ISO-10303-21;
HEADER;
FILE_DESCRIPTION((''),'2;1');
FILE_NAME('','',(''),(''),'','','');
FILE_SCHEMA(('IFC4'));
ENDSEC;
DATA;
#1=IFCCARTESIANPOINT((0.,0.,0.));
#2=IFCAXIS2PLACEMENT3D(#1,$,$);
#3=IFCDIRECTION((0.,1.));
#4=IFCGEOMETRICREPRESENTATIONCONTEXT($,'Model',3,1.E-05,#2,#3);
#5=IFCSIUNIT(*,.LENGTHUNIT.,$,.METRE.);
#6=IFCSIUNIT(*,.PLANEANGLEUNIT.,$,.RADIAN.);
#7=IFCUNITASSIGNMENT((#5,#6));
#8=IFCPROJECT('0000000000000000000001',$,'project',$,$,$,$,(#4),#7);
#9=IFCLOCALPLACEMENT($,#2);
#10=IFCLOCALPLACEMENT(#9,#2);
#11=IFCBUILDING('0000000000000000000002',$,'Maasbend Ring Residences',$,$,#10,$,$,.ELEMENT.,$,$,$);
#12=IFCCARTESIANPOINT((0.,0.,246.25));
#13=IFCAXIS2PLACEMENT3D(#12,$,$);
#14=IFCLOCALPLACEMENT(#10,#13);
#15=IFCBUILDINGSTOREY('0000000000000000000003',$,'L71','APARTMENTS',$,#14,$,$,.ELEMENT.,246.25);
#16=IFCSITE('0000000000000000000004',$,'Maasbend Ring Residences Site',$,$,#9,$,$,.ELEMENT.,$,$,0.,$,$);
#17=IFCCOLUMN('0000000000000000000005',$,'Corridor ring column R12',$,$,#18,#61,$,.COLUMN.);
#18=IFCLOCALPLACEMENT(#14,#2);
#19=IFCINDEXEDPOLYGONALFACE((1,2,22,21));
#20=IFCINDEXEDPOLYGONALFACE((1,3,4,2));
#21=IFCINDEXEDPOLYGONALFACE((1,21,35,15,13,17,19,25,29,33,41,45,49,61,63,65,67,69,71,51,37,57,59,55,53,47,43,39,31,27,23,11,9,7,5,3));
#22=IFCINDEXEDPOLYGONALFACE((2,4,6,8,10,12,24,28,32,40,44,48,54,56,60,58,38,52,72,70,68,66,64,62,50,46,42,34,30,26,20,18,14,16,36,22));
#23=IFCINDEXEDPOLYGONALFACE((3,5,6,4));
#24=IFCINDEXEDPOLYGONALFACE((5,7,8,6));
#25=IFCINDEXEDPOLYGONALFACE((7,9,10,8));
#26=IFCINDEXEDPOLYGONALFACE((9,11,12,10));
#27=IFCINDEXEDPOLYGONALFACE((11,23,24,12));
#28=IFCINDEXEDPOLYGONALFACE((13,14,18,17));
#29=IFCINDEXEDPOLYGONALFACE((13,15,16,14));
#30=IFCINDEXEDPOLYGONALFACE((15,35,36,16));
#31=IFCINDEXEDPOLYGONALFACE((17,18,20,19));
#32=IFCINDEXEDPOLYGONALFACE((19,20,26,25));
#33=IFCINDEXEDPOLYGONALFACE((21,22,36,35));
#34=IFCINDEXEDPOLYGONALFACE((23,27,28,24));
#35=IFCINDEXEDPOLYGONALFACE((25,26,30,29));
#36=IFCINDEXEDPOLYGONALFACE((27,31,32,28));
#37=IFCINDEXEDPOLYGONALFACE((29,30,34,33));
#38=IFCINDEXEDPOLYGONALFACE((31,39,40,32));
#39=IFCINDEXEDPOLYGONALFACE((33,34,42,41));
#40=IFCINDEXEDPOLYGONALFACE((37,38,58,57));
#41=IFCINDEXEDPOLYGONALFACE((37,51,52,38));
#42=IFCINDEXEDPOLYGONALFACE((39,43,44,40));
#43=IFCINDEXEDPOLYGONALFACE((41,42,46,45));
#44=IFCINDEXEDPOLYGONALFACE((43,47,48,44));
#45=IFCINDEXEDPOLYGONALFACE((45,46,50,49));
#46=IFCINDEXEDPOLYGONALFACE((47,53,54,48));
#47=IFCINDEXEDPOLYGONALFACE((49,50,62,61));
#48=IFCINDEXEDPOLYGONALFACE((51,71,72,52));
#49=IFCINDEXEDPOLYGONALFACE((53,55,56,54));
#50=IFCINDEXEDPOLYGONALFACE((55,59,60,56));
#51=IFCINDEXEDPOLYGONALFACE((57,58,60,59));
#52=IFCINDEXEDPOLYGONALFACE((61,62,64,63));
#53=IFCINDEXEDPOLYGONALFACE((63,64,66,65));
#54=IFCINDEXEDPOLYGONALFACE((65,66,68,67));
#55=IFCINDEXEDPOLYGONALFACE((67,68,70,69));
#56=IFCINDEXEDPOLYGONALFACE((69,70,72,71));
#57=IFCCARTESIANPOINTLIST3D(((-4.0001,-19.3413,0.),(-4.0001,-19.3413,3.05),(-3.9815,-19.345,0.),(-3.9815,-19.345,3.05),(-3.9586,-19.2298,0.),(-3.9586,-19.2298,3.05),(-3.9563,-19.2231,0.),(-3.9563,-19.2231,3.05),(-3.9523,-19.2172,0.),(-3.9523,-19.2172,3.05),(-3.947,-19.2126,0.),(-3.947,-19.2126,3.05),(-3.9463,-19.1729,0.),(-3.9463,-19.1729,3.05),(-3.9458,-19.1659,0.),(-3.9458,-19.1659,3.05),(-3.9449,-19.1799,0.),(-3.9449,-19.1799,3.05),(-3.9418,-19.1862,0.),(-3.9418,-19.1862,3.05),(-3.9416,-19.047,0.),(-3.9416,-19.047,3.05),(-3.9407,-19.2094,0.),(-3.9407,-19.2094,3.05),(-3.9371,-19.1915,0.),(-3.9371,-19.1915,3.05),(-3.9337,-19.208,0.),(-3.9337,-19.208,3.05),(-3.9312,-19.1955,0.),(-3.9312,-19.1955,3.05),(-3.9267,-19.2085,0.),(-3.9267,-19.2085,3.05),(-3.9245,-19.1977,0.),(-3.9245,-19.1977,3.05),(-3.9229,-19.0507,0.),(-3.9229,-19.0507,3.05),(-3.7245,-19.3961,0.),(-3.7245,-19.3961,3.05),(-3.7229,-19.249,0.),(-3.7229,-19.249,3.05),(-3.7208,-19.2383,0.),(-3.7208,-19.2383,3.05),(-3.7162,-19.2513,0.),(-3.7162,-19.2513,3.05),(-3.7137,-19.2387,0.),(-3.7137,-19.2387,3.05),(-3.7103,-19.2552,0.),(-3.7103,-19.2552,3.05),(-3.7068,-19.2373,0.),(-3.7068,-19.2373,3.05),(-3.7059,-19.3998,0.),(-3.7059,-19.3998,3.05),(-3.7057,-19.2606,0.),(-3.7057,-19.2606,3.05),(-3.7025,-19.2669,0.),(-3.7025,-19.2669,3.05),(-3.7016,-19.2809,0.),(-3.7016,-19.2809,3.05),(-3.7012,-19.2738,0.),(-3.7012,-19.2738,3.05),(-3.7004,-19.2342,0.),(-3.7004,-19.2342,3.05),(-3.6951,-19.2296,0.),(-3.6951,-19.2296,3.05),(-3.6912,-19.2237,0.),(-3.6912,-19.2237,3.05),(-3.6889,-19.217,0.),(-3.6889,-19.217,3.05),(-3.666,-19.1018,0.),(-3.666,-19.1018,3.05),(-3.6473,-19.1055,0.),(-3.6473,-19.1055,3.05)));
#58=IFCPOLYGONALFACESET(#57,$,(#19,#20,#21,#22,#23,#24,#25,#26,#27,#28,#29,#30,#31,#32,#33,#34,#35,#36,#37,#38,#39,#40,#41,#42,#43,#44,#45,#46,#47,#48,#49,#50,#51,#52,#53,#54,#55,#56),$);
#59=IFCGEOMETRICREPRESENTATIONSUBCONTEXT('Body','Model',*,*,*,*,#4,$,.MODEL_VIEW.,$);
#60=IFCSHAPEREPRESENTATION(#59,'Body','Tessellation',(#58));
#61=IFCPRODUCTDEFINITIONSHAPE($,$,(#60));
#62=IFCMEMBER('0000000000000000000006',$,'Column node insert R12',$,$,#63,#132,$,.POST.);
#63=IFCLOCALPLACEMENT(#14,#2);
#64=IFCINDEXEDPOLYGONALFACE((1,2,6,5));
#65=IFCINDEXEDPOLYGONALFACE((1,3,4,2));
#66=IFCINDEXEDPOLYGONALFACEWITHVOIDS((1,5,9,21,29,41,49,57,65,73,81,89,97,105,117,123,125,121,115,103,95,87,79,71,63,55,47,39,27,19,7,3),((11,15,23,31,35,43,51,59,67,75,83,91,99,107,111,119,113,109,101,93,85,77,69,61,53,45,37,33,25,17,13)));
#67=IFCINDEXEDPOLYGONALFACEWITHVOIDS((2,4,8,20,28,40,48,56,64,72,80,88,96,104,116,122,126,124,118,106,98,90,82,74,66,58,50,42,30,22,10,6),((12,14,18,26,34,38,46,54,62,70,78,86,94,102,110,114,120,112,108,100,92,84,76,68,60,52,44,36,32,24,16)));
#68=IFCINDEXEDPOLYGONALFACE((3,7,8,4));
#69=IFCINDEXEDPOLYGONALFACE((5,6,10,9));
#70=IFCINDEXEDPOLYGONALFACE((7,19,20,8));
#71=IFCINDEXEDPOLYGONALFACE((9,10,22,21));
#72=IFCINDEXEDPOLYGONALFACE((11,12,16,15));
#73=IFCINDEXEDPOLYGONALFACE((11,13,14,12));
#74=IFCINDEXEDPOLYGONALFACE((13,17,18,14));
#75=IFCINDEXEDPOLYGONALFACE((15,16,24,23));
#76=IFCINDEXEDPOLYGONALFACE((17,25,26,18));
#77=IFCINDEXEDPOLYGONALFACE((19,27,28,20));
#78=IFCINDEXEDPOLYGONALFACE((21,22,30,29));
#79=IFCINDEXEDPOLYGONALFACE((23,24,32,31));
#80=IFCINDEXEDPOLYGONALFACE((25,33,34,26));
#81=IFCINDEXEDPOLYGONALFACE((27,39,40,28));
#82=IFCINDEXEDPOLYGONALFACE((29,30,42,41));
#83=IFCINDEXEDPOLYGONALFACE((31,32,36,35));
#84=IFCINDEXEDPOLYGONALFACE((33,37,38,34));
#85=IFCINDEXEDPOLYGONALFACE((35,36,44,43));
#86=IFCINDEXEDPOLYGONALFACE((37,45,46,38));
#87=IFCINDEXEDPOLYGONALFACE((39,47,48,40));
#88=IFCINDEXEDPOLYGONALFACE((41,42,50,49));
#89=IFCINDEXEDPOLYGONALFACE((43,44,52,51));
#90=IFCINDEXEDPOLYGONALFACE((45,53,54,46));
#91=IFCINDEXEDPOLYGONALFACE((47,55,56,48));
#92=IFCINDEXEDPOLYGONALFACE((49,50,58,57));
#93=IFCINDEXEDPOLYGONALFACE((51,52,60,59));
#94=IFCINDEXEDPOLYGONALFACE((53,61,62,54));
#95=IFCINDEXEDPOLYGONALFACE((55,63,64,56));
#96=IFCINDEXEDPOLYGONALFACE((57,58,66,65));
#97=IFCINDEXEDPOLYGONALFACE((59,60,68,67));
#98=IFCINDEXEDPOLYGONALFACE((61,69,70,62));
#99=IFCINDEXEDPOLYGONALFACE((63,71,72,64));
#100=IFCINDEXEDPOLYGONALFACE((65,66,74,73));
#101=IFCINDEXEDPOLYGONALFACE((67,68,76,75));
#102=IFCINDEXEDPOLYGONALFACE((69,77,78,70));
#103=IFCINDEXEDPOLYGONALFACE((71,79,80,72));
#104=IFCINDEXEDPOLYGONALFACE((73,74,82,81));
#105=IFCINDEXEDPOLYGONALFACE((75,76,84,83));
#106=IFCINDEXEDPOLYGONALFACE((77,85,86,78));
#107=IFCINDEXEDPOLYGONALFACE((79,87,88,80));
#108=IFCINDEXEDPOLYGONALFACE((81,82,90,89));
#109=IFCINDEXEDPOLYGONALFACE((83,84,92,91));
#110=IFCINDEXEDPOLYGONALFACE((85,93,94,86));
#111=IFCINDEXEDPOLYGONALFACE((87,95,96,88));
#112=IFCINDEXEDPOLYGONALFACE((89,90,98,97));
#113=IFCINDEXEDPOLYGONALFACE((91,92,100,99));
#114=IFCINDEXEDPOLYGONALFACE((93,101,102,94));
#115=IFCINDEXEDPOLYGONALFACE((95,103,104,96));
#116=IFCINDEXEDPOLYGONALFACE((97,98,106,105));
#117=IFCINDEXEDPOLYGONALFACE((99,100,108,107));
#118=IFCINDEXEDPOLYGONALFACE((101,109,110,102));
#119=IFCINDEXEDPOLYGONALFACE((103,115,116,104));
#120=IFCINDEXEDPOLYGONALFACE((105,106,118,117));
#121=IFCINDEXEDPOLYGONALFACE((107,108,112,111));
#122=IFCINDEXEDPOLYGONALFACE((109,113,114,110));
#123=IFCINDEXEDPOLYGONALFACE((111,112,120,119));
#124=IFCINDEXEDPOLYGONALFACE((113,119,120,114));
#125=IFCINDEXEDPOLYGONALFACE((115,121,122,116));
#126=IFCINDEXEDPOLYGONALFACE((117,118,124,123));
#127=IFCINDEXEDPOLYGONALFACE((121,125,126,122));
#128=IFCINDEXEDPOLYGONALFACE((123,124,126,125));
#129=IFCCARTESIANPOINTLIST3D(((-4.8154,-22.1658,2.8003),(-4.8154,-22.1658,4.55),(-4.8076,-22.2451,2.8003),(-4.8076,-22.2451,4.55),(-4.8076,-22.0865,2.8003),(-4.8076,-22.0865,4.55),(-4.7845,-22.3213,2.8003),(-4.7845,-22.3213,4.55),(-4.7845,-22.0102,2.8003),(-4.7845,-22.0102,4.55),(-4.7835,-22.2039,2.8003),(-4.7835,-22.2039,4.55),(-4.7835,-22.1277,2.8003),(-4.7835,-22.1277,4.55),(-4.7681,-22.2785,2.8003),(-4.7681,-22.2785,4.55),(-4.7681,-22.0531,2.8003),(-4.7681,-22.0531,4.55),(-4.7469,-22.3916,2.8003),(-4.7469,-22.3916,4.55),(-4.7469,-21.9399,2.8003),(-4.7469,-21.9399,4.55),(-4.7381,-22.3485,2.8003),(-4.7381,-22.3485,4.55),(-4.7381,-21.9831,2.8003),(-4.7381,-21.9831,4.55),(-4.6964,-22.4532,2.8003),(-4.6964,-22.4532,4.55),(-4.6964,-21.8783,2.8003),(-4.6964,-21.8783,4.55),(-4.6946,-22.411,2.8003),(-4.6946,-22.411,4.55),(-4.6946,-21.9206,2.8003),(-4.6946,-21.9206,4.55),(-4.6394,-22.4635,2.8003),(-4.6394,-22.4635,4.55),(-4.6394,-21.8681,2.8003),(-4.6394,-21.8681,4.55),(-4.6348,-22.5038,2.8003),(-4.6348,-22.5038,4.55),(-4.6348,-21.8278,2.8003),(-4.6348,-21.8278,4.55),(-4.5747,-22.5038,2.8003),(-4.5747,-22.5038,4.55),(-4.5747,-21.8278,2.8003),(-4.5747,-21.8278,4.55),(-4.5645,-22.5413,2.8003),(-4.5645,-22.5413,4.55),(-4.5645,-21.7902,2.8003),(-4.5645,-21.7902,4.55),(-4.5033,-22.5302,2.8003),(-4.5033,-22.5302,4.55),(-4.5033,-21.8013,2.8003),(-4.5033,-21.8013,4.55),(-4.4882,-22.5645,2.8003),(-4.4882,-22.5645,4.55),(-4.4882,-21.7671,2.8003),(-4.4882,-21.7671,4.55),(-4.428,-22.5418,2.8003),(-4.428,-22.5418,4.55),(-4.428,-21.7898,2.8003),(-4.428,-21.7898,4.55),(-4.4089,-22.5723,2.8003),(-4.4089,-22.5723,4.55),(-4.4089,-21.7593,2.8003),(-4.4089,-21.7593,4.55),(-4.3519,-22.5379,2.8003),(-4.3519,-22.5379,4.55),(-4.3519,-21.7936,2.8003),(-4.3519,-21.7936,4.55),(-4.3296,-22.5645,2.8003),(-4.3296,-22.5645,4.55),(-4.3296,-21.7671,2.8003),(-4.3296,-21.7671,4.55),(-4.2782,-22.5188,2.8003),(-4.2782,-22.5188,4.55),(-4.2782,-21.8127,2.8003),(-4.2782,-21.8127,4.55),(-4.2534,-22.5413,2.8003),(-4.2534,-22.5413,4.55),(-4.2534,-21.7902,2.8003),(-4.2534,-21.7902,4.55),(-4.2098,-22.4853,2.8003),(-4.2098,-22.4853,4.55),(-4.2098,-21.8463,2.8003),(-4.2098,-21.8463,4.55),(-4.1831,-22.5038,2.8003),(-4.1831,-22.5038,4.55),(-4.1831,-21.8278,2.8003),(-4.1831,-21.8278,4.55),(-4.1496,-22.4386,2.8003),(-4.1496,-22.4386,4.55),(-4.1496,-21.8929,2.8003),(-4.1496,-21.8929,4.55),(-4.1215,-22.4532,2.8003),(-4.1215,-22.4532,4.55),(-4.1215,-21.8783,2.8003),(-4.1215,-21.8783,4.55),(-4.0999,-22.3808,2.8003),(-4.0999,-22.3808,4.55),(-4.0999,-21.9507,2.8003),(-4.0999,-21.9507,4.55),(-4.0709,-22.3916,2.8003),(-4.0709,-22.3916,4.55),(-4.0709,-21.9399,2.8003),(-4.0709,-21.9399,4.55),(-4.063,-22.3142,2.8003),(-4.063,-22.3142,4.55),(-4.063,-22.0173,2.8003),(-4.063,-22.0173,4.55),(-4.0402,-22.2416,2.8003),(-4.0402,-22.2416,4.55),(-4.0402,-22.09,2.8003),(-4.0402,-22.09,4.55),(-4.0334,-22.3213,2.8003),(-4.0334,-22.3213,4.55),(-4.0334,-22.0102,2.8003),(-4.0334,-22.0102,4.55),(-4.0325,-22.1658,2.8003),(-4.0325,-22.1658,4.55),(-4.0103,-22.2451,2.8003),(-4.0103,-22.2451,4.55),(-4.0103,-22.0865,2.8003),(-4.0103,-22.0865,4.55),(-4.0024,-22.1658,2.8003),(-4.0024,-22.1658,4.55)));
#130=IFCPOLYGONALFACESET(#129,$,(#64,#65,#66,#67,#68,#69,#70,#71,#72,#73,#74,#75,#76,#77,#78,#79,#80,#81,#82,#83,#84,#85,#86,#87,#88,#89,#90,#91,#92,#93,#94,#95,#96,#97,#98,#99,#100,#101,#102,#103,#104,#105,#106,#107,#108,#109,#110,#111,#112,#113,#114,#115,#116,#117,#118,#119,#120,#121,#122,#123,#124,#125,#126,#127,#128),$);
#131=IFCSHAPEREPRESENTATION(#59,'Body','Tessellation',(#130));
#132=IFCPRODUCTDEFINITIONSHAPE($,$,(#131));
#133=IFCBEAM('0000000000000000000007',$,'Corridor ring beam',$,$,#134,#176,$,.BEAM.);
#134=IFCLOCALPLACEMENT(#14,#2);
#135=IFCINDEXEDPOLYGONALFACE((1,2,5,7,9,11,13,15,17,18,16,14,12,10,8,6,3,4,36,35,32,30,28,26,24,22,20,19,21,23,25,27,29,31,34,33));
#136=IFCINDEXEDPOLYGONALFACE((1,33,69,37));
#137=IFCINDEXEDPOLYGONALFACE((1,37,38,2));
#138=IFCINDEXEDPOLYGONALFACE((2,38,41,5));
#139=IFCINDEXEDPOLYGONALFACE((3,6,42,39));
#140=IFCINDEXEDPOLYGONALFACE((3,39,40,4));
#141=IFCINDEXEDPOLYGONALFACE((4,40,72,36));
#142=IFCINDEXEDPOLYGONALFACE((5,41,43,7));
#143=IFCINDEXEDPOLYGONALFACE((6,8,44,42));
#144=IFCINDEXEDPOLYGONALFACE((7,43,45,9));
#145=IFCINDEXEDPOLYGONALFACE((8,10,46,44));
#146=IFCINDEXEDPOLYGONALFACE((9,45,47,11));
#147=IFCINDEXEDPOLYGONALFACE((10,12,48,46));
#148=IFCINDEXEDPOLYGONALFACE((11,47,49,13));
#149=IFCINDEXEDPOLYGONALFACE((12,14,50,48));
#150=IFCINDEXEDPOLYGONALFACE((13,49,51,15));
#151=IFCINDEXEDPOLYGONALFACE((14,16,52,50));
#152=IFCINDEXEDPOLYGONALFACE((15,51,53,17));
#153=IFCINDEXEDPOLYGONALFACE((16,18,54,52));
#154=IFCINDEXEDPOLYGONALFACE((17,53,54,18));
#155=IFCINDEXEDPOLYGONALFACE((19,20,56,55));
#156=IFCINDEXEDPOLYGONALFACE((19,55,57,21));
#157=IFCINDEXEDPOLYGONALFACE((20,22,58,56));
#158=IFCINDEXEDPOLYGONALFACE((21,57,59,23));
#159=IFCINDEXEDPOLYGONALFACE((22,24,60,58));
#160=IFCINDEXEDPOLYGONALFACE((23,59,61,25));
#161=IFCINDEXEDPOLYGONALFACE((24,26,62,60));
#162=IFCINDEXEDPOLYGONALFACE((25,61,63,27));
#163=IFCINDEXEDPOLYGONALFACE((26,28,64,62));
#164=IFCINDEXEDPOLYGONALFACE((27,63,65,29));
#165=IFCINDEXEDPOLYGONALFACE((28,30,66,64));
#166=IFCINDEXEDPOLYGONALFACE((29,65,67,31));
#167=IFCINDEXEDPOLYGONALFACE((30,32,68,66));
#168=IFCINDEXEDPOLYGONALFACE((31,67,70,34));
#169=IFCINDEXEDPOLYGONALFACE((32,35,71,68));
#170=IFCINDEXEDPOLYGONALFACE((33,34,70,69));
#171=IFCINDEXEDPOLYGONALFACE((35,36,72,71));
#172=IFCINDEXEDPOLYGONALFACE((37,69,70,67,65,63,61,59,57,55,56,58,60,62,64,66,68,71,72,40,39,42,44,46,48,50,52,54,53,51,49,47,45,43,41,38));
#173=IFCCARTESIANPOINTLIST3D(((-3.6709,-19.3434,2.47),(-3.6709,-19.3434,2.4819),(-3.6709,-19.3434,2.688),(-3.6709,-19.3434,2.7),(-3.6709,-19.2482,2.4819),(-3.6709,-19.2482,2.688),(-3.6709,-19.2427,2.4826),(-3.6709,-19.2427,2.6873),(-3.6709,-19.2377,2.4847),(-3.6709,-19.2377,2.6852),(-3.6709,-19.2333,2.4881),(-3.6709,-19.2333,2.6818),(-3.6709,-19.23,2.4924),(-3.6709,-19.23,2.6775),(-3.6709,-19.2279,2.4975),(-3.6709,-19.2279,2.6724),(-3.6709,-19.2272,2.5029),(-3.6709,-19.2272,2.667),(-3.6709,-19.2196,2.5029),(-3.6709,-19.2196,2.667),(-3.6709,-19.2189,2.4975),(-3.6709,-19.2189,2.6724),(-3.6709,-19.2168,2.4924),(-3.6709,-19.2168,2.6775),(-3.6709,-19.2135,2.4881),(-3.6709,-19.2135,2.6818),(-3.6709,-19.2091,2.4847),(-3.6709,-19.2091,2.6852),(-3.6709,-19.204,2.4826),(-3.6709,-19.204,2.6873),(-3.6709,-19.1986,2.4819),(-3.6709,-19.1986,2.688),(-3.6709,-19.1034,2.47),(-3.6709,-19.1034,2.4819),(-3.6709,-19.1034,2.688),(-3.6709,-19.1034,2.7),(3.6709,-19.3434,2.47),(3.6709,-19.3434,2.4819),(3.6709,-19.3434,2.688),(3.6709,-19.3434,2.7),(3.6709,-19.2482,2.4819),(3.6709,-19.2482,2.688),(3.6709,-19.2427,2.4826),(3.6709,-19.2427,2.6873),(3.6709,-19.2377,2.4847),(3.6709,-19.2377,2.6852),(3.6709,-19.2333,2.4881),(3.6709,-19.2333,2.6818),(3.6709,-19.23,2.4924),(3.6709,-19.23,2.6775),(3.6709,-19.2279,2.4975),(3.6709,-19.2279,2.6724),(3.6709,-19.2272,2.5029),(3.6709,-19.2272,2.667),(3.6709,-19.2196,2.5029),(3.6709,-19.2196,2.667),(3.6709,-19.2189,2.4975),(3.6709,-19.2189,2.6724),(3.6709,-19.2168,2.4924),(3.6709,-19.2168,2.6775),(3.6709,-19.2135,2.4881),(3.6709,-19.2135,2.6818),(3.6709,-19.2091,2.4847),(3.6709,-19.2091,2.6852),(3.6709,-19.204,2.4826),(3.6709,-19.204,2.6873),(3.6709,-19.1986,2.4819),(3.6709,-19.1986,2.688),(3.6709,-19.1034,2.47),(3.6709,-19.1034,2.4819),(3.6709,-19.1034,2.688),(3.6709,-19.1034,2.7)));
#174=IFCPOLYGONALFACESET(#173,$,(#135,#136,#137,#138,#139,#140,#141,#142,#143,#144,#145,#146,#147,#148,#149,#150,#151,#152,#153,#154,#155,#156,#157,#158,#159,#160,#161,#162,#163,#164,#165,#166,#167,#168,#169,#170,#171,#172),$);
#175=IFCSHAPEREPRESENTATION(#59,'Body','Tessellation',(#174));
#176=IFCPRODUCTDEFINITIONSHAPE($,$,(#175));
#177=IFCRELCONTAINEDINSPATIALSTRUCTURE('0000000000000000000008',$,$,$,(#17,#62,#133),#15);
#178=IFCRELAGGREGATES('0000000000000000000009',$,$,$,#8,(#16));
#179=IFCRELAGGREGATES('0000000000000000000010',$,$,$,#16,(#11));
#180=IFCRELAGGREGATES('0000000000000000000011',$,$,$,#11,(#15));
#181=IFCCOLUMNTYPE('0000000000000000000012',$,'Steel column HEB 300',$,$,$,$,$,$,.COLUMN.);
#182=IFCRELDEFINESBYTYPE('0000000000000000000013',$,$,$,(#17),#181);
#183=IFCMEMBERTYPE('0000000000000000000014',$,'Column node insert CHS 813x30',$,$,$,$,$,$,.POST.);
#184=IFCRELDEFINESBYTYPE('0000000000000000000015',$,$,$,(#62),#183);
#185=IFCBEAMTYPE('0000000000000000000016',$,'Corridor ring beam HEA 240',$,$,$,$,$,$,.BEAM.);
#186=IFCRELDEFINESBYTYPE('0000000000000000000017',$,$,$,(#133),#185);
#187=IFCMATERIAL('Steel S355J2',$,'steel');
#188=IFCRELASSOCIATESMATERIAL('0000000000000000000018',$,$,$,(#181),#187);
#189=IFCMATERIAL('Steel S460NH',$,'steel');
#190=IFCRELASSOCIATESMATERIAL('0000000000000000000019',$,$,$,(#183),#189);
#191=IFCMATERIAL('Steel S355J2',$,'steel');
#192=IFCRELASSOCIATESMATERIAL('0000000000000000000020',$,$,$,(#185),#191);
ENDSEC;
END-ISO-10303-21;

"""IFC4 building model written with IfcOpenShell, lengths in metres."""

from ifc_helpers import new_model, si_unit, direction, frame, origin, origin_2d, place, context, subcontext, project, spatial, hollow_circle, i_section, extrude, material, material_profile, profile_set, type_object, element, save


model = new_model("IFC4")

# Units and contexts
model_context = context("Model", 3, precision=1e-05, world=origin(), true_north=direction((0.0, 1.0)))
body_context = subcontext(model_context, "Body", "Model", "MODEL_VIEW")
ifc_project = project(units=[si_unit("LENGTHUNIT", "METRE"), si_unit("PLANEANGLEUNIT", "RADIAN")], contexts=[model_context])

# Site, building, storey
site_placement = place(None, origin())
site = spatial("IfcSite", under=ifc_project, at=site_placement, Name="Maasbend Ring Residences Site", CompositionType="ELEMENT", RefElevation=0.0)
building_placement = place(site_placement, origin())
building = spatial("IfcBuilding", under=site, at=building_placement, Name="Maasbend Ring Residences", CompositionType="ELEMENT")
storey_placement = place(building_placement, frame((0.0, 0.0, 246.25)))
storey = spatial("IfcBuildingStorey", under=building, at=storey_placement, Name="L71", Description="APARTMENTS", CompositionType="ELEMENT", Elevation=246.25)

# Column
ifc_material_1 = material(Name="Steel S355J2", Category="steel")
ifc_material_profile_1 = material_profile(ifc_material_1, i_section(OverallWidth=0.3, OverallDepth=0.3, WebThickness=0.011, FlangeThickness=0.019, FilletRadius=0.0271, at=origin_2d()), Name="HEB 300")
ifc_profile_set_1 = profile_set([ifc_material_profile_1], Name="Steel S355J2")
column_type = type_object("IfcColumnType", Name="Steel column HEB 300", PredefinedType="COLUMN", material=ifc_profile_set_1)
column_placement = place(storey_placement, frame((-3.8237, -19.2234, 0.0), z_axis=(0.0, 0.0, 1.0), x_axis=(-0.19509, -0.980785, 0.0)))
element("IfcColumn", 1, at=column_placement, inside=storey, type_object=column_type, Name="Corridor ring column R12", PredefinedType="COLUMN", context=body_context, shape_type="SweptSolid", body=[
    extrude(i_section(OverallWidth=0.3, OverallDepth=0.3, WebThickness=0.011, FlangeThickness=0.019, FilletRadius=0.0271, at=origin_2d()), origin(), (0.0, 0.0, 1.0), 3.05),
])

# Member
ifc_material_2 = material(Name="Steel S460NH", Category="steel")
ifc_material_profile_2 = material_profile(ifc_material_2, hollow_circle(Radius=0.4065, WallThickness=0.03, at=origin_2d()), Name="Column node insert CHS 813x30")
ifc_profile_set_2 = profile_set([ifc_material_profile_2], Name="Steel S460NH")
member_type = type_object("IfcMemberType", Name="Column node insert CHS 813x30", PredefinedType="POST", material=ifc_profile_set_2)
member_placement = place(storey_placement, frame((-4.4089, -22.1658, 2.8003), z_axis=(0.0, 0.0, 1.0), x_axis=(1.0, 0.0, 0.0)))
element("IfcMember", 2, at=member_placement, inside=storey, type_object=member_type, Name="Column node insert R12", PredefinedType="POST", context=body_context, shape_type="SweptSolid", body=[
    extrude(hollow_circle(Radius=0.4065, WallThickness=0.03, at=origin_2d()), origin(), (0.0, 0.0, 1.0), 1.7498),
])

# Beam
ifc_material_3 = material(Name="Steel S355J2", Category="steel")
ifc_material_profile_3 = material_profile(ifc_material_3, i_section(OverallWidth=0.24, OverallDepth=0.23, WebThickness=0.0076, FlangeThickness=0.012, FilletRadius=0.021, at=origin_2d()), Name="HEA 240")
ifc_profile_set_3 = profile_set([ifc_material_profile_3], Name="Steel S355J2")
beam_type_1 = type_object("IfcBeamType", Name="Corridor ring beam HEA 240", PredefinedType="BEAM", material=ifc_profile_set_3)
beam_1_placement = place(storey_placement, frame((-3.6709, -19.2234, 2.585), z_axis=(1.0, 0.0, 0.0), x_axis=(0.0, 1.0, 0.0)))
element("IfcBeam", 3, at=beam_1_placement, inside=storey, type_object=beam_type_1, Name="Corridor ring beam", PredefinedType="BEAM", context=body_context, shape_type="SweptSolid", body=[
    extrude(i_section(OverallWidth=0.24, OverallDepth=0.23, WebThickness=0.0076, FlangeThickness=0.012, FilletRadius=0.021, at=origin_2d()), origin(), (0.0, 0.0, 1.0), 7.3418),
])

save(model, "model.ifc")
